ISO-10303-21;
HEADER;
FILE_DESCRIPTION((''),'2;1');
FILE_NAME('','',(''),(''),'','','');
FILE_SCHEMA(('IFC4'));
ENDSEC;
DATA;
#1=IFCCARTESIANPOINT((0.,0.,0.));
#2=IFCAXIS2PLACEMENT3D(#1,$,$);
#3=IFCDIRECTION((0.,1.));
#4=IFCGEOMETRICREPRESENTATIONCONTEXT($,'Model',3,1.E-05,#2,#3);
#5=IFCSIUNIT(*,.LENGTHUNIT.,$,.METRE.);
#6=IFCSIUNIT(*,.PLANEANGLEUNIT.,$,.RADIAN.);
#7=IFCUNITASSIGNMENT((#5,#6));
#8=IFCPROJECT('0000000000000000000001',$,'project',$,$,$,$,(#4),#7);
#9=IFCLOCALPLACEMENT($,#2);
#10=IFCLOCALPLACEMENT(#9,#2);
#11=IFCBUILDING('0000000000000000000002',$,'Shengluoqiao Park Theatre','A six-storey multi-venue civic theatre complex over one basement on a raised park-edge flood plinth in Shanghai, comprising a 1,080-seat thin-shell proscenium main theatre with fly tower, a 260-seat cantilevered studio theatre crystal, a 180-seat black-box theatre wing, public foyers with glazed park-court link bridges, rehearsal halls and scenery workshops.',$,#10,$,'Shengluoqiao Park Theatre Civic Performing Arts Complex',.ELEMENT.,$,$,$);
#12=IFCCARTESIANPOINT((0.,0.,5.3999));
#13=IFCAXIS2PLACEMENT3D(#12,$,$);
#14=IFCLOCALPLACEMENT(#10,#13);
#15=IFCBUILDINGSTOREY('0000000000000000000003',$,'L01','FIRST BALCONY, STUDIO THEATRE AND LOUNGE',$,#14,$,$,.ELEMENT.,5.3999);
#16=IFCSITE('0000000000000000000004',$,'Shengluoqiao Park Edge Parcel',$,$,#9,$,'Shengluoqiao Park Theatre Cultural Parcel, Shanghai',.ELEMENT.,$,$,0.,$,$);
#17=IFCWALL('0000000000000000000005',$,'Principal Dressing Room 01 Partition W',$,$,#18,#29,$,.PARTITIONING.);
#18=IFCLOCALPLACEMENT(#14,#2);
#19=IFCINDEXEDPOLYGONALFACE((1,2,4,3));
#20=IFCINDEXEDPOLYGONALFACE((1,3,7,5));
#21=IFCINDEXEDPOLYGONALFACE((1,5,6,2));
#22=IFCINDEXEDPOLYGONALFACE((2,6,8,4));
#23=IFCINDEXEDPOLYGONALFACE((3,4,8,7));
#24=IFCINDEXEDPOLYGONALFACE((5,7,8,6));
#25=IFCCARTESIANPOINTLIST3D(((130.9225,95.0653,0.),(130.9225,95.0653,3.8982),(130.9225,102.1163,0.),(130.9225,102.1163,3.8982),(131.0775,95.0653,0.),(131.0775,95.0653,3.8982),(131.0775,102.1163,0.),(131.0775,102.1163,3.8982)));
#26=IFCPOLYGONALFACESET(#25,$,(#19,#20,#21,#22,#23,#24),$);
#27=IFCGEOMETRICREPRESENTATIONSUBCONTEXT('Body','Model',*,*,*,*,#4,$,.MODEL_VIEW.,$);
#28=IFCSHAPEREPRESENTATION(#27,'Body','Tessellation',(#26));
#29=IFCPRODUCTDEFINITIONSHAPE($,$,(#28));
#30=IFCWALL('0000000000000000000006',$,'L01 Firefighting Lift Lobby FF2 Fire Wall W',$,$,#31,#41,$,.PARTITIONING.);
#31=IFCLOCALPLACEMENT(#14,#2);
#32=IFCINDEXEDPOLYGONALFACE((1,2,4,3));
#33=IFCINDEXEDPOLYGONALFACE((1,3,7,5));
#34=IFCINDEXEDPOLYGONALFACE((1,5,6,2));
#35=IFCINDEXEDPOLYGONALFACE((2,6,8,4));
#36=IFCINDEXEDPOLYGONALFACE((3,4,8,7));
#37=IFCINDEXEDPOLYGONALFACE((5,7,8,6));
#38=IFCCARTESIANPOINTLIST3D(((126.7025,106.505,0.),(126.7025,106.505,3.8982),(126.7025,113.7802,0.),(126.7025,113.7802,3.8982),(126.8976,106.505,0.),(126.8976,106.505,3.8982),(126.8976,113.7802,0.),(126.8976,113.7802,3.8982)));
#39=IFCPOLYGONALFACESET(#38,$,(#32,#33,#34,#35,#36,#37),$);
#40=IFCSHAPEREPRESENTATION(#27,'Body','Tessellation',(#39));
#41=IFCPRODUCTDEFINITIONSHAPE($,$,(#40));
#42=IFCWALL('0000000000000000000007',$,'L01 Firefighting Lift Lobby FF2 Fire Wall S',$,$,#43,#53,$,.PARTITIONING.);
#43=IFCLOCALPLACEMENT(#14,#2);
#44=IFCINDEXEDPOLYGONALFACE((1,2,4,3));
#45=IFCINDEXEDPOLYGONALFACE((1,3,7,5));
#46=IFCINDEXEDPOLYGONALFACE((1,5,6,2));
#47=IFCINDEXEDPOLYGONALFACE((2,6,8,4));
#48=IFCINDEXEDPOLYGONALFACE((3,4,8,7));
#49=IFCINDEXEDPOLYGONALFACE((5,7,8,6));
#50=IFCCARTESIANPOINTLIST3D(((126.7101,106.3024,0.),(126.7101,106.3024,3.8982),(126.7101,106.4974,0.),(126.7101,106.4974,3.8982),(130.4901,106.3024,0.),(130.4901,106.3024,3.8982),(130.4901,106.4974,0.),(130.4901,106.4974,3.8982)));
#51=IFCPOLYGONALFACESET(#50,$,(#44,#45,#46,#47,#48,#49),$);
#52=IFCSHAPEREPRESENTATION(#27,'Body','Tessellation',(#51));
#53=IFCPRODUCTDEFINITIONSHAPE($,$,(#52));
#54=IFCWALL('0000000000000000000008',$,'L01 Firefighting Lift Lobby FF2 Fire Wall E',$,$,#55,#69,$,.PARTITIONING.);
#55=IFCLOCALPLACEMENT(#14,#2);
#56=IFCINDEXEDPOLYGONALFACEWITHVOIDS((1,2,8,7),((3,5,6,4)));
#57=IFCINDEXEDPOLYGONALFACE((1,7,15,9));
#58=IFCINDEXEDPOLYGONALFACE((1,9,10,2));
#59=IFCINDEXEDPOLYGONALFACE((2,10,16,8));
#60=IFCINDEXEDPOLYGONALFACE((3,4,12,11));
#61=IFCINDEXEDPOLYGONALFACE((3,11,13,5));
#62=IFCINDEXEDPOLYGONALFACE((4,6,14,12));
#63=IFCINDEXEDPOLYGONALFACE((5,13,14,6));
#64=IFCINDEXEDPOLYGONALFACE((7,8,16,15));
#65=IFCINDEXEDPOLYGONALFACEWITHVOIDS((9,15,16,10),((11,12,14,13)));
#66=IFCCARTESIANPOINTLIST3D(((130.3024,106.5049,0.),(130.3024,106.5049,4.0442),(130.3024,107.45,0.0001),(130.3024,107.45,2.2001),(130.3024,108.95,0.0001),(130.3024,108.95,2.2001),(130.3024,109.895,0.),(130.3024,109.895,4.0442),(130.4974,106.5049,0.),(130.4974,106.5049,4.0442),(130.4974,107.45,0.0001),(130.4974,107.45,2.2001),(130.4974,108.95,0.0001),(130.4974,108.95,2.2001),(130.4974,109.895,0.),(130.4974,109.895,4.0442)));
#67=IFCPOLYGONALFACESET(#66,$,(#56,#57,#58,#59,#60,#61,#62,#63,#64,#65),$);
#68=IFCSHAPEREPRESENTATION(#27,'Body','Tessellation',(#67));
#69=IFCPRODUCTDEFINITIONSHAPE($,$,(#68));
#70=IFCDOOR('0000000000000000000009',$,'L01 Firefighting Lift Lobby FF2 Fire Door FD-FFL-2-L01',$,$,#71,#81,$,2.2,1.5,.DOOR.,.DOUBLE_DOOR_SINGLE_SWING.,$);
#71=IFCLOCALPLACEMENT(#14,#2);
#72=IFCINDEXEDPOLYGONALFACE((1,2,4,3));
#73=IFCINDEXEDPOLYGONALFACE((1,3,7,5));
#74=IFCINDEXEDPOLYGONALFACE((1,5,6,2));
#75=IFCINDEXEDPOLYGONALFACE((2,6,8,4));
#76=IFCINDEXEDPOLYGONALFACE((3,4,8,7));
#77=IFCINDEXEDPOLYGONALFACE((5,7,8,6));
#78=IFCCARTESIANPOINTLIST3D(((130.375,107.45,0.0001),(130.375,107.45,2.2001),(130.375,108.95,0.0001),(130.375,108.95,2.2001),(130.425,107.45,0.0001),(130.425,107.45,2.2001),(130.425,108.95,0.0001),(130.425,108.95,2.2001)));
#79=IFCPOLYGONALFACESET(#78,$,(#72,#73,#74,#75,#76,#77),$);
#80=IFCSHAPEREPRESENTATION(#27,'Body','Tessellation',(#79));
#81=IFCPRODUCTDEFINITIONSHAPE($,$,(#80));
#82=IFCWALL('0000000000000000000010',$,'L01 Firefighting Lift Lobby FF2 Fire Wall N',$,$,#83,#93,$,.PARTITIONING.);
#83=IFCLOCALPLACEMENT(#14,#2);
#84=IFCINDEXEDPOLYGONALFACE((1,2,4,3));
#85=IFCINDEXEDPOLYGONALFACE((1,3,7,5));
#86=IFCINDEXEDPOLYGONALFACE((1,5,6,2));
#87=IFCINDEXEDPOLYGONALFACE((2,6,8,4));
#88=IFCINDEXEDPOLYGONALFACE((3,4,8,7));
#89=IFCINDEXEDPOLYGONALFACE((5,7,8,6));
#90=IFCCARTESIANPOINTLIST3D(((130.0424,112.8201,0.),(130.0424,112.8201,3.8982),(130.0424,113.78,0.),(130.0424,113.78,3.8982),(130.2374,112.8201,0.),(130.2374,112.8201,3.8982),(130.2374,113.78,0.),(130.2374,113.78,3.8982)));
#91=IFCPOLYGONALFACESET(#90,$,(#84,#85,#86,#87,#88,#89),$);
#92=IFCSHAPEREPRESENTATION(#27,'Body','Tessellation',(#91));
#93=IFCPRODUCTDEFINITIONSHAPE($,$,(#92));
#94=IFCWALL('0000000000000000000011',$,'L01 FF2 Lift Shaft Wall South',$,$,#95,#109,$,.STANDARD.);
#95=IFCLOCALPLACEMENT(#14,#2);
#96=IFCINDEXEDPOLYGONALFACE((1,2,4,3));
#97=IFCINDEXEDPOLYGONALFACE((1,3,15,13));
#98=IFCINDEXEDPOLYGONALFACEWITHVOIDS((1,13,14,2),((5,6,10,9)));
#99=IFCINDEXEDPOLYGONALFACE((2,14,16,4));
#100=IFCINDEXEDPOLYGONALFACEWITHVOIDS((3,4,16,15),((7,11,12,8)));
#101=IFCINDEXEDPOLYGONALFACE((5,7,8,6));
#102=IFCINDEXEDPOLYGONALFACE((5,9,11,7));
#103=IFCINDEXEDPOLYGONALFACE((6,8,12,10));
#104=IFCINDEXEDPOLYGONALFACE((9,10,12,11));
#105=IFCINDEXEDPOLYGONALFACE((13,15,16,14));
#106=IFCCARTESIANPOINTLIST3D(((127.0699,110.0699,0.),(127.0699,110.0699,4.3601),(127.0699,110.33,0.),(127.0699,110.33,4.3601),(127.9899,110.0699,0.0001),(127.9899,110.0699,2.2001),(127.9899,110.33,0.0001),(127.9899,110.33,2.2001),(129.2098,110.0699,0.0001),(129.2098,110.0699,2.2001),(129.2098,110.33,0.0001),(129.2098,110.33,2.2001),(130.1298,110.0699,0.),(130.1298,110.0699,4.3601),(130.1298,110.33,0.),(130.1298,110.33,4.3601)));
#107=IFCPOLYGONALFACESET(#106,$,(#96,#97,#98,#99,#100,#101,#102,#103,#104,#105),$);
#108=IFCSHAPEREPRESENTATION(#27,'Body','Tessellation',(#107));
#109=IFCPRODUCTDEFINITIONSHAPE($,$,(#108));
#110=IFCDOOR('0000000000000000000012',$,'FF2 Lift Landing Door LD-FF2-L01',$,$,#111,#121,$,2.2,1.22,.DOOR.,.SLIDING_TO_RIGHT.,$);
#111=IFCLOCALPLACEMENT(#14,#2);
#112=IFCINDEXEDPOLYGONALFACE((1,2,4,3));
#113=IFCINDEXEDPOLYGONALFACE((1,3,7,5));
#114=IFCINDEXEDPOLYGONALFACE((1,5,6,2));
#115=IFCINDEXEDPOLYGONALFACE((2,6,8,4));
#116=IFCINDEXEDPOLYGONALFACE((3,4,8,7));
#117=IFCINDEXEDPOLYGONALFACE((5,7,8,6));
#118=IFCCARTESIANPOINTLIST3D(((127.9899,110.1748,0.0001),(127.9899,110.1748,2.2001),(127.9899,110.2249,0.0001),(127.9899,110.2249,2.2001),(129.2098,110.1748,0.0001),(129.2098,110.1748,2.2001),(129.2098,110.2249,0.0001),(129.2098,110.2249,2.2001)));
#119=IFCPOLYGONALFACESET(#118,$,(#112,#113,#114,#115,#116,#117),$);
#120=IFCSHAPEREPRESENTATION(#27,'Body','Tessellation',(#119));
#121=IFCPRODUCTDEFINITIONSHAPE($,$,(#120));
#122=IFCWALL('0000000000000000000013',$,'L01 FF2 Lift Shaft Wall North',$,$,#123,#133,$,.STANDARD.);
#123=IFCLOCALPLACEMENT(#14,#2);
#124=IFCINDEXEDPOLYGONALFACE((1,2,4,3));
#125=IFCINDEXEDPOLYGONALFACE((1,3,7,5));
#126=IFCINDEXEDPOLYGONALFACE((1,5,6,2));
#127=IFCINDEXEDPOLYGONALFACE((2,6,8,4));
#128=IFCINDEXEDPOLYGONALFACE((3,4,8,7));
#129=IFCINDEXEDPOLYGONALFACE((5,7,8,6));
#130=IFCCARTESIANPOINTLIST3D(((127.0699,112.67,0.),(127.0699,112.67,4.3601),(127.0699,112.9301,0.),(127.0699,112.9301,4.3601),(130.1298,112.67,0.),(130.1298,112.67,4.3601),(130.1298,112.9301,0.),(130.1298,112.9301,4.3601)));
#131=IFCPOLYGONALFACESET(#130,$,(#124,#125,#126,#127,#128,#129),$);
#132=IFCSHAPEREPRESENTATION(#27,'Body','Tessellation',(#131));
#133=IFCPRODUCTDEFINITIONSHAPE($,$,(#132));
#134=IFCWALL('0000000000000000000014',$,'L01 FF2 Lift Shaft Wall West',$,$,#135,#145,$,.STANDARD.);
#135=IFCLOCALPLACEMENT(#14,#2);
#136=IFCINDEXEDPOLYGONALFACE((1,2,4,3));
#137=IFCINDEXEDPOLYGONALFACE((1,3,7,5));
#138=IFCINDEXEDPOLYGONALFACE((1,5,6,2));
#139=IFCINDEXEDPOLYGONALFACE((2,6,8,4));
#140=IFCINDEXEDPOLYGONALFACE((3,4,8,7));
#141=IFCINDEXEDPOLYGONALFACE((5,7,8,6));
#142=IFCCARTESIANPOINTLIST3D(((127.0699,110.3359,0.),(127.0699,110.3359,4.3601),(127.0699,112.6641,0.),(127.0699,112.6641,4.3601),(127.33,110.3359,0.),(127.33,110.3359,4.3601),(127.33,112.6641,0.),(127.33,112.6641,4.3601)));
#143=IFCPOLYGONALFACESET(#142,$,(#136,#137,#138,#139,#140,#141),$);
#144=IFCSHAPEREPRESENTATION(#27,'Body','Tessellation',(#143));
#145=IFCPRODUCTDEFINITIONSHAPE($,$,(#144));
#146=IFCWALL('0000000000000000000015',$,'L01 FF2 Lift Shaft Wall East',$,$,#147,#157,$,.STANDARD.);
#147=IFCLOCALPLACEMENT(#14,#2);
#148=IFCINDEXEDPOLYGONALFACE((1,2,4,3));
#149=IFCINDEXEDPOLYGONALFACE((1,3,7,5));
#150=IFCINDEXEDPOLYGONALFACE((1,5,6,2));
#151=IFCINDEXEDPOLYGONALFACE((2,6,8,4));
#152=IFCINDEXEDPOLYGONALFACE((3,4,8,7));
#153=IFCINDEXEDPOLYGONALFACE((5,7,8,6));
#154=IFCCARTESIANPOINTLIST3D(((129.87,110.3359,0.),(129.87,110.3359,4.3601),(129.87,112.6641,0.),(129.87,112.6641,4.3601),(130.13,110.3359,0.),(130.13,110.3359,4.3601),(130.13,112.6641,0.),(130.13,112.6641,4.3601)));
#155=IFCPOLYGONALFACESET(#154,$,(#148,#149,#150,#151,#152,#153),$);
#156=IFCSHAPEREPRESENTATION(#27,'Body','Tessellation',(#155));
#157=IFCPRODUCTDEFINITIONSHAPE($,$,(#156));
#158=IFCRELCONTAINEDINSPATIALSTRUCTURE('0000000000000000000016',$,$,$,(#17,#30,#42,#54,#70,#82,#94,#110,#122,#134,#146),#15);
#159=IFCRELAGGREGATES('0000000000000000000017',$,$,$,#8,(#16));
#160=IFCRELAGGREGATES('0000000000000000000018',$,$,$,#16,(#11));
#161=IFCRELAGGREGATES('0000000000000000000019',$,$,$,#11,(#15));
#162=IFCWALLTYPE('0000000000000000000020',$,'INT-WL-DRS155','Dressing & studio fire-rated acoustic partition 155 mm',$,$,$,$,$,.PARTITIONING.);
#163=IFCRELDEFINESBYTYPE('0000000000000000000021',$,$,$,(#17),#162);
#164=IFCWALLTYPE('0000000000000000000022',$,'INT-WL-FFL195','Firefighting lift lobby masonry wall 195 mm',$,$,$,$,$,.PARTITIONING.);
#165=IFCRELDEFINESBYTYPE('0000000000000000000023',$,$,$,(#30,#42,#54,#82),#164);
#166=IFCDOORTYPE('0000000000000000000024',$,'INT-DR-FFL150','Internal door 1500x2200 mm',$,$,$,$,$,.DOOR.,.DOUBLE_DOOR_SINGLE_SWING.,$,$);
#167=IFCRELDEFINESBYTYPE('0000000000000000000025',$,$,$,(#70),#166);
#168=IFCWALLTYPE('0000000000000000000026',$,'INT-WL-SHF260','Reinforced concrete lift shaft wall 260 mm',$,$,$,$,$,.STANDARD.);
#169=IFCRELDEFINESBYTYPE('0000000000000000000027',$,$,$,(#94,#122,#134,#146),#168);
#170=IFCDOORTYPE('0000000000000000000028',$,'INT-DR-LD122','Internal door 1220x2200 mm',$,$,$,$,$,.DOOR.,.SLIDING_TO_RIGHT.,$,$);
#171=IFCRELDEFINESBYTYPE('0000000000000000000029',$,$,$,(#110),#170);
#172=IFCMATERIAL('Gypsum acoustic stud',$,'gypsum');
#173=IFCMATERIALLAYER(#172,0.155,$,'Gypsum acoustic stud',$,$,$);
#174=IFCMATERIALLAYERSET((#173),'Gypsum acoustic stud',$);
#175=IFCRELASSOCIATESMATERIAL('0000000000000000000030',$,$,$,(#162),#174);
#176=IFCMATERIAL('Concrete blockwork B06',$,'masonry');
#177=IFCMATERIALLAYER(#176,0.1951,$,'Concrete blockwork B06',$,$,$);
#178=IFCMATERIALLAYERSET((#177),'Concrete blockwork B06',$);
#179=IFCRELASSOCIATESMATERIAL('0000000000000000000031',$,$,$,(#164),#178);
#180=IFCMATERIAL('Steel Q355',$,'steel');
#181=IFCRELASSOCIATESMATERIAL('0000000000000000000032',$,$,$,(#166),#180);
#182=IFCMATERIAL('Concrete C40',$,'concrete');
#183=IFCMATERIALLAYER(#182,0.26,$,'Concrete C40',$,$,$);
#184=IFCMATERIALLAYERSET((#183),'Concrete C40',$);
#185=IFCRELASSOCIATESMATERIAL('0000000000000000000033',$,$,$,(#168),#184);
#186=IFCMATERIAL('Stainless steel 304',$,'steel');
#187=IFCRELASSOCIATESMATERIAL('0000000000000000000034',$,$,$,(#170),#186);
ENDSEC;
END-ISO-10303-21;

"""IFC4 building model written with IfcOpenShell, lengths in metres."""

from ifc_helpers import new_model, si_unit, direction, frame, frame_2d, origin, place, context, subcontext, project, spatial, rectangle, extrude, material, layer, layer_set, type_object, element, fill, save


model = new_model("IFC4")

# Units and contexts
model_context = context("Model", 3, precision=1e-05, world=origin(), true_north=direction((0.0, 1.0)))
body_context = subcontext(model_context, "Body", "Model", "MODEL_VIEW")
ifc_project = project(units=[si_unit("LENGTHUNIT", "METRE"), si_unit("PLANEANGLEUNIT", "RADIAN")], contexts=[model_context])

# Site, building, storey
site_placement = place(None, origin())
site = spatial("IfcSite", under=ifc_project, at=site_placement, Name="Shengluoqiao Park Edge Parcel", LongName="Shengluoqiao Park Theatre Cultural Parcel, Shanghai", CompositionType="ELEMENT", RefElevation=0.0)
building_placement = place(site_placement, origin())
building = spatial("IfcBuilding", under=site, at=building_placement, Name="Shengluoqiao Park Theatre", Description="A six-storey multi-venue civic theatre complex over one basement on a raised park-edge flood plinth in Shanghai, comprising a 1,080-seat thin-shell proscenium main theatre with fly tower, a 260-seat cantilevered studio theatre crystal, a 180-seat black-box theatre wing, public foyers with glazed park-court link bridges, rehearsal halls and scenery workshops.", LongName="Shengluoqiao Park Theatre Civic Performing Arts Complex", CompositionType="ELEMENT")
storey_placement = place(building_placement, frame((0.0, 0.0, 5.3999)))
storey = spatial("IfcBuildingStorey", under=building, at=storey_placement, Name="L01", Description="FIRST BALCONY, STUDIO THEATRE AND LOUNGE", CompositionType="ELEMENT", Elevation=5.3999)

# Shared definitions
ifc_material_1 = material(Name="Concrete C40", Category="concrete")

# Shared definitions
ifc_material_2 = material(Name="Steel Q355", Category="steel")

# Walls
ifc_material_3 = material(Name="Gypsum acoustic stud", Category="gypsum")
ifc_layer_1 = layer(ifc_material_3, 0.155, Name="Gypsum acoustic stud")
ifc_layer_set_1 = layer_set([ifc_layer_1], Name="Gypsum acoustic stud")
wall_type_1 = type_object("IfcWallType", Name="INT-WL-DRS155", Description="Dressing & studio fire-rated acoustic partition 155 mm", PredefinedType="PARTITIONING", material=ifc_layer_set_1)
wall_1_placement = place(storey_placement, frame((131.0, 95.0654, 0.0), z_axis=(0.0, 0.0, 1.0), x_axis=(0.0, 1.0, 0.0)))
element("IfcWall", 1, at=wall_1_placement, inside=storey, type_object=wall_type_1, Name="Principal Dressing Room 01 Partition W", PredefinedType="PARTITIONING", context=body_context, shape_type="SweptSolid", body=[
    extrude(rectangle(XDim=7.051, YDim=0.155, at=frame_2d((3.5254, 0.0))), origin(), (0.0, 0.0, 1.0), 3.8982),
])
ifc_material_4 = material(Name="Concrete blockwork B06", Category="masonry")
ifc_layer_2 = layer(ifc_material_4, 0.1951, Name="Concrete blockwork B06")
ifc_layer_set_2 = layer_set([ifc_layer_2], Name="Concrete blockwork B06")
wall_type_2 = type_object("IfcWallType", Name="INT-WL-FFL195", Description="Firefighting lift lobby masonry wall 195 mm", PredefinedType="PARTITIONING", material=ifc_layer_set_2)
wall_2_placement = place(storey_placement, frame((126.8, 106.5049, 0.0), z_axis=(0.0, 0.0, 1.0), x_axis=(0.0, 1.0, 0.0)))
element("IfcWall", 2, at=wall_2_placement, inside=storey, type_object=wall_type_2, Name="L01 Firefighting Lift Lobby FF2 Fire Wall W", PredefinedType="PARTITIONING", context=body_context, shape_type="SweptSolid", body=[
    extrude(rectangle(XDim=7.2751, YDim=0.1951, at=frame_2d((3.6377, 0.0))), origin(), (0.0, 0.0, 1.0), 3.8982),
])
wall_3_placement = place(storey_placement, frame((126.71, 106.3999, 0.0), z_axis=(0.0, 0.0, 1.0), x_axis=(1.0, 0.0, 0.0)))
element("IfcWall", 3, at=wall_3_placement, inside=storey, type_object=wall_type_2, Name="L01 Firefighting Lift Lobby FF2 Fire Wall S", PredefinedType="PARTITIONING", context=body_context, shape_type="SweptSolid", body=[
    extrude(rectangle(XDim=3.78, YDim=0.1951, at=frame_2d((1.8901, 0.0))), origin(), (0.0, 0.0, 1.0), 3.8982),
])

# Wall, opening, door
wall_4_placement = place(storey_placement, frame((130.3999, 106.5049, 0.0), z_axis=(0.0, 0.0, 1.0), x_axis=(0.0, 1.0, 0.0)))
wall_4 = element("IfcWall", 4, at=wall_4_placement, inside=storey, type_object=wall_type_2, Name="L01 Firefighting Lift Lobby FF2 Fire Wall E", PredefinedType="PARTITIONING", context=body_context, shape_type="SweptSolid", body=[
    extrude(rectangle(XDim=3.3901, YDim=0.1951, at=frame_2d((1.6951, 0.0))), origin(), (0.0, 0.0, 1.0), 4.0442),
])
opening_1_placement = place(wall_4_placement, frame((0.9451, 0.0, 0.0)))
opening_1 = element("IfcOpeningElement", 5, at=opening_1_placement, cuts=wall_4, PredefinedType="OPENING", context=body_context, shape_type="SweptSolid", body=[
    extrude(rectangle(XDim=1.5, YDim=2.2, at=frame_2d((0.75, 1.1001))), frame((0.0, 0.1074, 0.0), z_axis=(0.0, -1.0, 0.0), x_axis=(1.0, 0.0, 0.0)), (0.0, 0.0, 1.0), 0.2151),
])
door_type_1 = type_object("IfcDoorType", Name="INT-DR-FFL150", Description="Internal door 1500x2200 mm", OperationType="DOUBLE_DOOR_SINGLE_SWING", PredefinedType="DOOR", material=ifc_material_2)
door_1_placement = place(opening_1_placement, origin())
door_1 = element("IfcDoor", 6, at=door_1_placement, inside=storey, type_object=door_type_1, Name="L01 Firefighting Lift Lobby FF2 Fire Door FD-FFL-2-L01", OperationType="DOUBLE_DOOR_SINGLE_SWING", OverallHeight=2.2, OverallWidth=1.5, PredefinedType="DOOR", context=body_context, shape_type="SweptSolid", body=[
    extrude(rectangle(XDim=1.5, YDim=2.2, at=frame_2d((0.75, 1.1001))), frame((0.0, 0.0249, 0.0), z_axis=(0.0, -1.0, 0.0), x_axis=(1.0, 0.0, 0.0)), (0.0, 0.0, 1.0), 0.05),
])
fill(opening_1, door_1)

# Wall
wall_5_placement = place(storey_placement, frame((130.1399, 112.8201, 0.0), z_axis=(0.0, 0.0, 1.0), x_axis=(0.0, 1.0, 0.0)))
element("IfcWall", 7, at=wall_5_placement, inside=storey, type_object=wall_type_2, Name="L01 Firefighting Lift Lobby FF2 Fire Wall N", PredefinedType="PARTITIONING", context=body_context, shape_type="SweptSolid", body=[
    extrude(rectangle(XDim=0.96, YDim=0.1951, at=frame_2d((0.48, 0.0))), origin(), (0.0, 0.0, 1.0), 3.8982),
])

# Wall, opening, door
ifc_layer_3 = layer(ifc_material_1, 0.26, Name="Concrete C40")
ifc_layer_set_3 = layer_set([ifc_layer_3], Name="Concrete C40")
wall_type_3 = type_object("IfcWallType", Name="INT-WL-SHF260", Description="Reinforced concrete lift shaft wall 260 mm", PredefinedType="STANDARD", material=ifc_layer_set_3)
wall_6_placement = place(storey_placement, frame((127.0701, 110.2, 0.0), z_axis=(0.0, 0.0, 1.0), x_axis=(1.0, 0.0, 0.0)))
wall_6 = element("IfcWall", 8, at=wall_6_placement, inside=storey, type_object=wall_type_3, Name="L01 FF2 Lift Shaft Wall South", PredefinedType="STANDARD", context=body_context, shape_type="SweptSolid", body=[
    extrude(rectangle(XDim=3.0598, YDim=0.26, at=frame_2d((1.5298, 0.0))), origin(), (0.0, 0.0, 1.0), 4.3601),
])
opening_2_placement = place(wall_6_placement, frame((0.9199, 0.0, 0.0)))
opening_2 = element("IfcOpeningElement", 9, at=opening_2_placement, cuts=wall_6, PredefinedType="OPENING", context=body_context, shape_type="SweptSolid", body=[
    extrude(rectangle(XDim=1.22, YDim=2.2, at=frame_2d((0.6099, 1.1001))), frame((0.0, 0.1399, 0.0), z_axis=(0.0, -1.0, 0.0), x_axis=(1.0, 0.0, 0.0)), (0.0, 0.0, 1.0), 0.28),
])
ifc_material_5 = material(Name="Stainless steel 304", Category="steel")
door_type_2 = type_object("IfcDoorType", Name="INT-DR-LD122", Description="Internal door 1220x2200 mm", OperationType="SLIDING_TO_RIGHT", PredefinedType="DOOR", material=ifc_material_5)
door_2_placement = place(opening_2_placement, origin())
door_2 = element("IfcDoor", 10, at=door_2_placement, inside=storey, type_object=door_type_2, Name="FF2 Lift Landing Door LD-FF2-L01", OperationType="SLIDING_TO_RIGHT", OverallHeight=2.2, OverallWidth=1.22, PredefinedType="DOOR", context=body_context, shape_type="SweptSolid", body=[
    extrude(rectangle(XDim=1.22, YDim=2.2, at=frame_2d((0.6099, 1.1001))), frame((0.0, 0.0249, 0.0), z_axis=(0.0, -1.0, 0.0), x_axis=(1.0, 0.0, 0.0)), (0.0, 0.0, 1.0), 0.05),
])
fill(opening_2, door_2)

# Walls
wall_7_placement = place(storey_placement, frame((127.0701, 112.8, 0.0), z_axis=(0.0, 0.0, 1.0), x_axis=(1.0, 0.0, 0.0)))
element("IfcWall", 11, at=wall_7_placement, inside=storey, type_object=wall_type_3, Name="L01 FF2 Lift Shaft Wall North", PredefinedType="STANDARD", context=body_context, shape_type="SweptSolid", body=[
    extrude(rectangle(XDim=3.0598, YDim=0.26, at=frame_2d((1.5298, 0.0))), origin(), (0.0, 0.0, 1.0), 4.3601),
])
for number, where, z_axis, x_axis, name in (
    (12, (127.2, 110.3359, 0.0), (0.0, 0.0, 1.0), (0.0, 1.0, 0.0), "L01 FF2 Lift Shaft Wall West"),
    (13, (130.0, 110.3359, 0.0), (0.0, 0.0, 1.0), (0.0, 1.0, 0.0), "L01 FF2 Lift Shaft Wall East"),
):
    element("IfcWall", number, at=place(storey_placement, frame(where, z_axis=z_axis, x_axis=x_axis)), inside=storey, type_object=wall_type_3, Name=name, PredefinedType="STANDARD", context=body_context, shape_type="SweptSolid", body=[
        extrude(rectangle(XDim=2.3281, YDim=0.26, at=frame_2d((1.1641, 0.0))), origin(), (0.0, 0.0, 1.0), 4.3601),
    ])

save(model, "model.ifc")
